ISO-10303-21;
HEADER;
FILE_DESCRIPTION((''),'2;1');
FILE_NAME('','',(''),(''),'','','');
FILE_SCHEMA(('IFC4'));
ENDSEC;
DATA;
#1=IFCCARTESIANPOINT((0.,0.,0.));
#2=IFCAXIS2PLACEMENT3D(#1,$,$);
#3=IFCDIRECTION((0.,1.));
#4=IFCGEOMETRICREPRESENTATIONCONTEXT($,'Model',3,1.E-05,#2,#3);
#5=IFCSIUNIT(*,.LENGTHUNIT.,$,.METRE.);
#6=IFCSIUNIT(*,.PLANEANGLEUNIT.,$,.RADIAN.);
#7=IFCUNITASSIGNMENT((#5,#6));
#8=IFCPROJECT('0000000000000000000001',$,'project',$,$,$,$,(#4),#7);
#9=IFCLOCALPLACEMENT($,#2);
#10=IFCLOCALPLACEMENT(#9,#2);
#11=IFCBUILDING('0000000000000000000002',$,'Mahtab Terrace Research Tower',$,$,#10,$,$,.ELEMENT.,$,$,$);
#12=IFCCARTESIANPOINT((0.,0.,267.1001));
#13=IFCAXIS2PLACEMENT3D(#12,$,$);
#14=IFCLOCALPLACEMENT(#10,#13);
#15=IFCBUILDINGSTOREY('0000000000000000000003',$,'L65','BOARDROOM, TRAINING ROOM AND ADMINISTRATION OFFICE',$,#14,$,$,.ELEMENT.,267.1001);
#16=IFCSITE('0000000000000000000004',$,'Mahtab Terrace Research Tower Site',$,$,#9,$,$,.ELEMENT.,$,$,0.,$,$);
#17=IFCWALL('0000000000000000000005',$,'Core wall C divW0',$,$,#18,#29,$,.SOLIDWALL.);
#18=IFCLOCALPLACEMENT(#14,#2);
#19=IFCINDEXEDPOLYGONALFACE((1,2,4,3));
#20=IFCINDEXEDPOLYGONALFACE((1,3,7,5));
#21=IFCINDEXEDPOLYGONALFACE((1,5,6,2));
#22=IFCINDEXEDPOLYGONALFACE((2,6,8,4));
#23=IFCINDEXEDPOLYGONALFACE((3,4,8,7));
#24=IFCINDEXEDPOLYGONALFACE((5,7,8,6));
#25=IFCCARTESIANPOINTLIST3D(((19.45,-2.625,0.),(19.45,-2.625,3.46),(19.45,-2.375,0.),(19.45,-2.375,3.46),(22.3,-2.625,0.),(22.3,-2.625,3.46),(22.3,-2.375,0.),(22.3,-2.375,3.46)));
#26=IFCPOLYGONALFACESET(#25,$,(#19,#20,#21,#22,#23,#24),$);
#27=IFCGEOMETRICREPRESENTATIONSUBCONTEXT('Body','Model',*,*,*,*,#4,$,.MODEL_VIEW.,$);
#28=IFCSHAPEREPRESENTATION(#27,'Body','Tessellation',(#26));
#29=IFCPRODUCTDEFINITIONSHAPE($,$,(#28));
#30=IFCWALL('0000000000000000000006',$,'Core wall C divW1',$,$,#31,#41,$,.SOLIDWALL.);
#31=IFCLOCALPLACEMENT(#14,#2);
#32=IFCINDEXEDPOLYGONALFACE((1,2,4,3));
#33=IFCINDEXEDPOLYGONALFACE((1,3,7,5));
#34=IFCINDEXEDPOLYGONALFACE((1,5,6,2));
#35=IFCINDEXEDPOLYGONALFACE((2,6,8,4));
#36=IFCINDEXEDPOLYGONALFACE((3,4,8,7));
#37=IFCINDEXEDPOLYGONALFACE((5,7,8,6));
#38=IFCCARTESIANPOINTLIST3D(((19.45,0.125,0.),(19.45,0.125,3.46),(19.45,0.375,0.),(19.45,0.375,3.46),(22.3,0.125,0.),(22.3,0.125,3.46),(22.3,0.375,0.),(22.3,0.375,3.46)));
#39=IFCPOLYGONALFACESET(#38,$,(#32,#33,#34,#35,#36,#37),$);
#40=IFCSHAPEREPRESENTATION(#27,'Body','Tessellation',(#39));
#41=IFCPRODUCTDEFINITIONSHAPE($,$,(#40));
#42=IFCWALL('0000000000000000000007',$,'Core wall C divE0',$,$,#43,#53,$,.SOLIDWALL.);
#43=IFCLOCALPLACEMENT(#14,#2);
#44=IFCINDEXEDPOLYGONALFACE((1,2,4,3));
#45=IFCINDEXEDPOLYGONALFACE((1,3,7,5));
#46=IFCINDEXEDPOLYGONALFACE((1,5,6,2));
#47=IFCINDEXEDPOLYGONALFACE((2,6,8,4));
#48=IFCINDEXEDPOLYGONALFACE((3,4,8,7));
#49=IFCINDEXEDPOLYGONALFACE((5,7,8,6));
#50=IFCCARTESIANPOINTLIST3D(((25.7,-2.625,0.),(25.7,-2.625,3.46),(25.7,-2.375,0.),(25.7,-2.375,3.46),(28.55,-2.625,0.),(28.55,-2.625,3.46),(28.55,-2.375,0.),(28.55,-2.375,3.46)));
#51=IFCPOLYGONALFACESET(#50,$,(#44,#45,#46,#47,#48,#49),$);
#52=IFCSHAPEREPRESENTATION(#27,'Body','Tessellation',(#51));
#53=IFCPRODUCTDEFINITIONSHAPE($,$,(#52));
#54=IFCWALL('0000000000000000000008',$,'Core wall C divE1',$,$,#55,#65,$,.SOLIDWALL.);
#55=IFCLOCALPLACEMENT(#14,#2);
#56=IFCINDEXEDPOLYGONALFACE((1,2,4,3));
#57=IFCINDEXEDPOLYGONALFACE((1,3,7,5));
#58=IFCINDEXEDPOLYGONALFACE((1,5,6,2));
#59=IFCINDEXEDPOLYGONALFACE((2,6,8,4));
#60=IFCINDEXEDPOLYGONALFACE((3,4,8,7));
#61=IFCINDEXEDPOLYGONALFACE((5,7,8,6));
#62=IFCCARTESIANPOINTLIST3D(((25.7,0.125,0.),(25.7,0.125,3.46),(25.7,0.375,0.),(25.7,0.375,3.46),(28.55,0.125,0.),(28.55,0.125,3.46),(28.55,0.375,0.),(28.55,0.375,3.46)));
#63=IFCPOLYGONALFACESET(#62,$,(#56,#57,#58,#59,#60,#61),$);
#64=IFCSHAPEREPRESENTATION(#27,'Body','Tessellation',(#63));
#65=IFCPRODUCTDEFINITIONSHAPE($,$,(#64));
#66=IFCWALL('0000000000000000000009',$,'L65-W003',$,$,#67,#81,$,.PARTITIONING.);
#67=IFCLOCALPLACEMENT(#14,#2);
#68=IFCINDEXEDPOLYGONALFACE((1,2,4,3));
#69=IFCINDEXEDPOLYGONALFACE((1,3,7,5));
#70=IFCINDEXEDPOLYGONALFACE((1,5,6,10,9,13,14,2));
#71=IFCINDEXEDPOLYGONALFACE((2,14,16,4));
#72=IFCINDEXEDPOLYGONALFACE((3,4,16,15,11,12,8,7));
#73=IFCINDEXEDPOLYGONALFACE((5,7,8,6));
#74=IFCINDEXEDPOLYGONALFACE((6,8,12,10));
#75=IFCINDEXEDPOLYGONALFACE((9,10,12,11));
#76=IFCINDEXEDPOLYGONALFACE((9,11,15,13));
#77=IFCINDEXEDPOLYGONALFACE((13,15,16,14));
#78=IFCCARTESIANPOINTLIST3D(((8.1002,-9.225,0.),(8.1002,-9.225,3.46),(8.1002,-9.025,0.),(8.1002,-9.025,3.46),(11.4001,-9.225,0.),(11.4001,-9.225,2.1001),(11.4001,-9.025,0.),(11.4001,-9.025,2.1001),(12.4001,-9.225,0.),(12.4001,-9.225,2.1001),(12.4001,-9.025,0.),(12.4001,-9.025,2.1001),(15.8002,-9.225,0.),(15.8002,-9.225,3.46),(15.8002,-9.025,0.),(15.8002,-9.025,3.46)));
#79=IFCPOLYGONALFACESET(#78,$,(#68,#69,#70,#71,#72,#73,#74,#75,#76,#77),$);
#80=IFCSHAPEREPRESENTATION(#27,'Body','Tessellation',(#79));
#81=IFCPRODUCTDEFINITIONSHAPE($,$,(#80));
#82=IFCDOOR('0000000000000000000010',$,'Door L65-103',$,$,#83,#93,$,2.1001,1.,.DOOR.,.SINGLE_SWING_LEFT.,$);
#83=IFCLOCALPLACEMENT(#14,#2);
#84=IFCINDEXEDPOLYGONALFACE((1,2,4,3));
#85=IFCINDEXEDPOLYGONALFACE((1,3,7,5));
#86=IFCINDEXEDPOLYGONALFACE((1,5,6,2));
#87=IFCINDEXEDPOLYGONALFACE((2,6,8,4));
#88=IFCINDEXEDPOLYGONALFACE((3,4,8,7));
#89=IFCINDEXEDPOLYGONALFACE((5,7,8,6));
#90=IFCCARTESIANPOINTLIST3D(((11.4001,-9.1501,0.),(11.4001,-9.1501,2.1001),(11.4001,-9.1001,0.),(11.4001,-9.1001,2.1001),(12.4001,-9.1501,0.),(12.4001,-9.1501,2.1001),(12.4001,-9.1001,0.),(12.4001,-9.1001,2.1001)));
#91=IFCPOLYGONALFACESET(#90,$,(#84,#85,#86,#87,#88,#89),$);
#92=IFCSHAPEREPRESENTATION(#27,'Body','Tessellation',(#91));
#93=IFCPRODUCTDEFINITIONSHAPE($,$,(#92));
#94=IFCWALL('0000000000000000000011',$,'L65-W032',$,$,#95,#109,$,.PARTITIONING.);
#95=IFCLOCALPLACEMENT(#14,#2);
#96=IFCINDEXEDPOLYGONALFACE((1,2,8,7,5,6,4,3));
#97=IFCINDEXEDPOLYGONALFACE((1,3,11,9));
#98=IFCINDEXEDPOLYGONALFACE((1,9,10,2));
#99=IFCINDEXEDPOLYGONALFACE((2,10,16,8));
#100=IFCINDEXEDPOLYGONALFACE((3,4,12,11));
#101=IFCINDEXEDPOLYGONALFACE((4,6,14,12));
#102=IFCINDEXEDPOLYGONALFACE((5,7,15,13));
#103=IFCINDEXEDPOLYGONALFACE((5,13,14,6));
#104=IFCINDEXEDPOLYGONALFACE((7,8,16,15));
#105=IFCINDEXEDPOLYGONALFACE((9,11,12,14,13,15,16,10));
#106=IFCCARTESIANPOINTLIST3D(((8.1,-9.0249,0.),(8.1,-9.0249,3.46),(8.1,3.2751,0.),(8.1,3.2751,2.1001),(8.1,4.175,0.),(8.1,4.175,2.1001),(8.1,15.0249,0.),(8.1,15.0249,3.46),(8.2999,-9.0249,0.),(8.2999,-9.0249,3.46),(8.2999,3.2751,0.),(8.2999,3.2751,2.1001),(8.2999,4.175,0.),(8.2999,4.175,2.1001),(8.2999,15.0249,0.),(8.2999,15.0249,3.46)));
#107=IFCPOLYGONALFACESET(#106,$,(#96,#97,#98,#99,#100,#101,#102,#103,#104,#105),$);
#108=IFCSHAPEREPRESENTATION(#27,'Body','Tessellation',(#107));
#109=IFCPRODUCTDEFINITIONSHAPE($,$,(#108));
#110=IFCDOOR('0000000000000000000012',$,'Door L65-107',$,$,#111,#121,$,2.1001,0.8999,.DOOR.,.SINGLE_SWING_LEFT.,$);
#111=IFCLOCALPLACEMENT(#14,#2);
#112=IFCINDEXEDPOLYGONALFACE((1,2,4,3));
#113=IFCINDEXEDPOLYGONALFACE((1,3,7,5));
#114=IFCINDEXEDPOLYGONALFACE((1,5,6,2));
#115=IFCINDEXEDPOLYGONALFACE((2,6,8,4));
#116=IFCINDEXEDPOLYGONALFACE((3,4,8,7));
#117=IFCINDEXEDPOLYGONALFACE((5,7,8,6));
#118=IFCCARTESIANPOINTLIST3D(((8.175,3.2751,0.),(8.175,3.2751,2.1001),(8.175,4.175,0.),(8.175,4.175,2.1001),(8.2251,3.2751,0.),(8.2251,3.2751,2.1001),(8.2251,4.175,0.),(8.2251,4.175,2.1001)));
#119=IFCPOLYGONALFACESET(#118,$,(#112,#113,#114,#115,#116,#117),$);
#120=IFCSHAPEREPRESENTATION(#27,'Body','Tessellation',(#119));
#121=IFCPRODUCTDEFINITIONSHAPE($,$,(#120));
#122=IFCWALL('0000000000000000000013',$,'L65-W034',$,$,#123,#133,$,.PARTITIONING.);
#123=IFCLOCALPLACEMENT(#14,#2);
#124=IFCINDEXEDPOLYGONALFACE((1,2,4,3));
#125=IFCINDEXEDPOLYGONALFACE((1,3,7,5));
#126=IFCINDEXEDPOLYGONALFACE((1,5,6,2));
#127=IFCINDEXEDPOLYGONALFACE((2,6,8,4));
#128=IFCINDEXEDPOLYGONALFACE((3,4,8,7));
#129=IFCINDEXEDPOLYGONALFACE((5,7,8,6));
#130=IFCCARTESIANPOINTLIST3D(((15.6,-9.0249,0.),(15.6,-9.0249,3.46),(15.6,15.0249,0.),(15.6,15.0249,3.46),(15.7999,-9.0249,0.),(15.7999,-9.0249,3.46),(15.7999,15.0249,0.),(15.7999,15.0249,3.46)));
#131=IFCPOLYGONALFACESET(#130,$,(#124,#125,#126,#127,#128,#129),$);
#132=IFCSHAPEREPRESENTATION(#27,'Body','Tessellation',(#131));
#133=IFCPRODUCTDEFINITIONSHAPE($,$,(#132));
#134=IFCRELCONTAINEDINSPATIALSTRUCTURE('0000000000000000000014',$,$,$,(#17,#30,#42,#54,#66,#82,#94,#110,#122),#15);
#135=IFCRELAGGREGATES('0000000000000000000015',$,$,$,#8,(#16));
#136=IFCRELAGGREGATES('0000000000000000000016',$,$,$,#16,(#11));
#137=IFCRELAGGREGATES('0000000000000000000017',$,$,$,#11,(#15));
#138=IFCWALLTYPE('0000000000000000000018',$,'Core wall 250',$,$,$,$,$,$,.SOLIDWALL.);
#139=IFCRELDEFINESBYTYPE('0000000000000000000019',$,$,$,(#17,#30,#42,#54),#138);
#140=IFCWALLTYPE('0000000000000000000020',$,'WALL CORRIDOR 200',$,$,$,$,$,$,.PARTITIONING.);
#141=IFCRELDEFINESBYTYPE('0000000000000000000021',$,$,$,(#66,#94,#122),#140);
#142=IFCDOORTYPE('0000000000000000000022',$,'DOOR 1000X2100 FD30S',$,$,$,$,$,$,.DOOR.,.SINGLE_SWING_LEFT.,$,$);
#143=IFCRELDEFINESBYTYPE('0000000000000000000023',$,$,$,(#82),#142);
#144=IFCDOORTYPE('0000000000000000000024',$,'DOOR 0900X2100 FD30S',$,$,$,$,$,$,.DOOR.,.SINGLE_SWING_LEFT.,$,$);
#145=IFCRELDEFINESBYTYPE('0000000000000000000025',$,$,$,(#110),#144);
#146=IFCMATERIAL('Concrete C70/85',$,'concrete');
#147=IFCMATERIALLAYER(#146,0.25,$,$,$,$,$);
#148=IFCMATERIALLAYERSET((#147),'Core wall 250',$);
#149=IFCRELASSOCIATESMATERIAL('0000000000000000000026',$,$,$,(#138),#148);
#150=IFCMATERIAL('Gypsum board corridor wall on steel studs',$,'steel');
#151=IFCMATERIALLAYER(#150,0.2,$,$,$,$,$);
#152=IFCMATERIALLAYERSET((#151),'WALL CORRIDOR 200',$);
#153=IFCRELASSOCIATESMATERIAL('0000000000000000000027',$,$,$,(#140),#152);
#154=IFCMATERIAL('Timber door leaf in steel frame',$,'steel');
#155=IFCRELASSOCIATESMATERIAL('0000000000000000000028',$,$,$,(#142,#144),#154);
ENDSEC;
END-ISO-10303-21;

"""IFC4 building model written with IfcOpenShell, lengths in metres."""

from ifc_helpers import new_model, si_unit, direction, frame, frame_2d, origin, place, context, subcontext, project, spatial, rectangle, extrude, material, layer, layer_set, type_object, element, fill, save


model = new_model("IFC4")

# Units and contexts
model_context = context("Model", 3, precision=1e-05, world=origin(), true_north=direction((0.0, 1.0)))
body_context = subcontext(model_context, "Body", "Model", "MODEL_VIEW")
ifc_project = project(units=[si_unit("LENGTHUNIT", "METRE"), si_unit("PLANEANGLEUNIT", "RADIAN")], contexts=[model_context])

# Site, building, storey
site_placement = place(None, origin())
site = spatial("IfcSite", under=ifc_project, at=site_placement, Name="Mahtab Terrace Research Tower Site", CompositionType="ELEMENT", RefElevation=0.0)
building_placement = place(site_placement, origin())
building = spatial("IfcBuilding", under=site, at=building_placement, Name="Mahtab Terrace Research Tower", CompositionType="ELEMENT")
storey_placement = place(building_placement, frame((0.0, 0.0, 267.1001)))
storey = spatial("IfcBuildingStorey", under=building, at=storey_placement, Name="L65", Description="BOARDROOM, TRAINING ROOM AND ADMINISTRATION OFFICE", CompositionType="ELEMENT", Elevation=267.1001)

# Shared definitions
ifc_material_1 = material(Name="Concrete C70/85", Category="concrete")

# Shared definitions
ifc_layer_1 = layer(ifc_material_1, 0.25)
ifc_layer_set_1 = layer_set([ifc_layer_1], Name="Core wall 250")
wall_type_1 = type_object("IfcWallType", Name="Core wall 250", PredefinedType="SOLIDWALL", material=ifc_layer_set_1)

# Walls
for number, where, z_axis, x_axis, name in (
    (1, (19.45, -2.5, 0.0), (0.0, 0.0, 1.0), (1.0, 0.0, 0.0), "Core wall C divW0"),
    (2, (19.45, 0.25, 0.0), (0.0, 0.0, 1.0), (1.0, 0.0, 0.0), "Core wall C divW1"),
    (3, (25.7, -2.5, 0.0), (0.0, 0.0, 1.0), (1.0, 0.0, 0.0), "Core wall C divE0"),
    (4, (25.7, 0.25, 0.0), (0.0, 0.0, 1.0), (1.0, 0.0, 0.0), "Core wall C divE1"),
):
    element("IfcWall", number, at=place(storey_placement, frame(where, z_axis=z_axis, x_axis=x_axis)), inside=storey, type_object=wall_type_1, Name=name, PredefinedType="SOLIDWALL", context=body_context, shape_type="SweptSolid", body=[
        extrude(rectangle(XDim=2.8501, YDim=0.25, at=frame_2d((1.425, 0.0))), origin(), (0.0, 0.0, 1.0), 3.46),
    ])

# Walls, openings, doors
ifc_material_2 = material(Name="Gypsum board corridor wall on steel studs", Category="steel")
ifc_layer_2 = layer(ifc_material_2, 0.2)
ifc_layer_set_2 = layer_set([ifc_layer_2], Name="WALL CORRIDOR 200")
wall_type_2 = type_object("IfcWallType", Name="WALL CORRIDOR 200", PredefinedType="PARTITIONING", material=ifc_layer_set_2)
wall_1_placement = place(storey_placement, frame((8.1001, -9.125, 0.0), z_axis=(0.0, 0.0, 1.0), x_axis=(1.0, 0.0, 0.0)))
wall_1 = element("IfcWall", 5, at=wall_1_placement, inside=storey, type_object=wall_type_2, Name="L65-W003", PredefinedType="PARTITIONING", context=body_context, shape_type="SweptSolid", body=[
    extrude(rectangle(XDim=7.7, YDim=0.2, at=frame_2d((3.8501, 0.0))), origin(), (0.0, 0.0, 1.0), 3.46),
])
opening_1_placement = place(wall_1_placement, frame((3.3, 0.0, 0.0)))
opening_1 = element("IfcOpeningElement", 6, at=opening_1_placement, cuts=wall_1, PredefinedType="OPENING", context=body_context, shape_type="SweptSolid", body=[
    extrude(rectangle(XDim=1.0, YDim=2.1001, at=frame_2d((0.5, 1.05))), frame((0.0, 0.1099, 0.0), z_axis=(0.0, -1.0, 0.0), x_axis=(1.0, 0.0, 0.0)), (0.0, 0.0, 1.0), 0.22),
])
ifc_material_3 = material(Name="Timber door leaf in steel frame", Category="steel")
door_type_1 = type_object("IfcDoorType", Name="DOOR 1000X2100 FD30S", OperationType="SINGLE_SWING_LEFT", PredefinedType="DOOR", material=ifc_material_3)
door_1_placement = place(opening_1_placement, origin())
door_1 = element("IfcDoor", 7, at=door_1_placement, inside=storey, type_object=door_type_1, Name="Door L65-103", OperationType="SINGLE_SWING_LEFT", OverallHeight=2.1001, OverallWidth=1.0, PredefinedType="DOOR", context=body_context, shape_type="SweptSolid", body=[
    extrude(rectangle(XDim=1.0, YDim=2.1001, at=frame_2d((0.5, 1.05))), frame((0.0, 0.0249, 0.0), z_axis=(0.0, -1.0, 0.0), x_axis=(1.0, 0.0, 0.0)), (0.0, 0.0, 1.0), 0.05),
])
fill(opening_1, door_1)
wall_2_placement = place(storey_placement, frame((8.2, -9.0249, 0.0), z_axis=(0.0, 0.0, 1.0), x_axis=(0.0, 1.0, 0.0)))
wall_2 = element("IfcWall", 8, at=wall_2_placement, inside=storey, type_object=wall_type_2, Name="L65-W032", PredefinedType="PARTITIONING", context=body_context, shape_type="SweptSolid", body=[
    extrude(rectangle(XDim=24.0498, YDim=0.2, at=frame_2d((12.0249, 0.0))), origin(), (0.0, 0.0, 1.0), 3.46),
])
opening_2_placement = place(wall_2_placement, frame((12.3, 0.0, 0.0)))
opening_2 = element("IfcOpeningElement", 9, at=opening_2_placement, cuts=wall_2, PredefinedType="OPENING", context=body_context, shape_type="SweptSolid", body=[
    extrude(rectangle(XDim=0.8999, YDim=2.1001, at=frame_2d((0.45, 1.05))), frame((0.0, 0.1099, 0.0), z_axis=(0.0, -1.0, 0.0), x_axis=(1.0, 0.0, 0.0)), (0.0, 0.0, 1.0), 0.22),
])
door_type_2 = type_object("IfcDoorType", Name="DOOR 0900X2100 FD30S", OperationType="SINGLE_SWING_LEFT", PredefinedType="DOOR", material=ifc_material_3)
door_2_placement = place(opening_2_placement, origin())
door_2 = element("IfcDoor", 10, at=door_2_placement, inside=storey, type_object=door_type_2, Name="Door L65-107", OperationType="SINGLE_SWING_LEFT", OverallHeight=2.1001, OverallWidth=0.8999, PredefinedType="DOOR", context=body_context, shape_type="SweptSolid", body=[
    extrude(rectangle(XDim=0.8999, YDim=2.1001, at=frame_2d((0.45, 1.05))), frame((0.0, 0.0249, 0.0), z_axis=(0.0, -1.0, 0.0), x_axis=(1.0, 0.0, 0.0)), (0.0, 0.0, 1.0), 0.05),
])
fill(opening_2, door_2)

# Wall
wall_3_placement = place(storey_placement, frame((15.7, -9.0249, 0.0), z_axis=(0.0, 0.0, 1.0), x_axis=(0.0, 1.0, 0.0)))
element("IfcWall", 11, at=wall_3_placement, inside=storey, type_object=wall_type_2, Name="L65-W034", PredefinedType="PARTITIONING", context=body_context, shape_type="SweptSolid", body=[
    extrude(rectangle(XDim=24.0498, YDim=0.2, at=frame_2d((12.0249, 0.0))), origin(), (0.0, 0.0, 1.0), 3.46),
])

save(model, "model.ifc")
